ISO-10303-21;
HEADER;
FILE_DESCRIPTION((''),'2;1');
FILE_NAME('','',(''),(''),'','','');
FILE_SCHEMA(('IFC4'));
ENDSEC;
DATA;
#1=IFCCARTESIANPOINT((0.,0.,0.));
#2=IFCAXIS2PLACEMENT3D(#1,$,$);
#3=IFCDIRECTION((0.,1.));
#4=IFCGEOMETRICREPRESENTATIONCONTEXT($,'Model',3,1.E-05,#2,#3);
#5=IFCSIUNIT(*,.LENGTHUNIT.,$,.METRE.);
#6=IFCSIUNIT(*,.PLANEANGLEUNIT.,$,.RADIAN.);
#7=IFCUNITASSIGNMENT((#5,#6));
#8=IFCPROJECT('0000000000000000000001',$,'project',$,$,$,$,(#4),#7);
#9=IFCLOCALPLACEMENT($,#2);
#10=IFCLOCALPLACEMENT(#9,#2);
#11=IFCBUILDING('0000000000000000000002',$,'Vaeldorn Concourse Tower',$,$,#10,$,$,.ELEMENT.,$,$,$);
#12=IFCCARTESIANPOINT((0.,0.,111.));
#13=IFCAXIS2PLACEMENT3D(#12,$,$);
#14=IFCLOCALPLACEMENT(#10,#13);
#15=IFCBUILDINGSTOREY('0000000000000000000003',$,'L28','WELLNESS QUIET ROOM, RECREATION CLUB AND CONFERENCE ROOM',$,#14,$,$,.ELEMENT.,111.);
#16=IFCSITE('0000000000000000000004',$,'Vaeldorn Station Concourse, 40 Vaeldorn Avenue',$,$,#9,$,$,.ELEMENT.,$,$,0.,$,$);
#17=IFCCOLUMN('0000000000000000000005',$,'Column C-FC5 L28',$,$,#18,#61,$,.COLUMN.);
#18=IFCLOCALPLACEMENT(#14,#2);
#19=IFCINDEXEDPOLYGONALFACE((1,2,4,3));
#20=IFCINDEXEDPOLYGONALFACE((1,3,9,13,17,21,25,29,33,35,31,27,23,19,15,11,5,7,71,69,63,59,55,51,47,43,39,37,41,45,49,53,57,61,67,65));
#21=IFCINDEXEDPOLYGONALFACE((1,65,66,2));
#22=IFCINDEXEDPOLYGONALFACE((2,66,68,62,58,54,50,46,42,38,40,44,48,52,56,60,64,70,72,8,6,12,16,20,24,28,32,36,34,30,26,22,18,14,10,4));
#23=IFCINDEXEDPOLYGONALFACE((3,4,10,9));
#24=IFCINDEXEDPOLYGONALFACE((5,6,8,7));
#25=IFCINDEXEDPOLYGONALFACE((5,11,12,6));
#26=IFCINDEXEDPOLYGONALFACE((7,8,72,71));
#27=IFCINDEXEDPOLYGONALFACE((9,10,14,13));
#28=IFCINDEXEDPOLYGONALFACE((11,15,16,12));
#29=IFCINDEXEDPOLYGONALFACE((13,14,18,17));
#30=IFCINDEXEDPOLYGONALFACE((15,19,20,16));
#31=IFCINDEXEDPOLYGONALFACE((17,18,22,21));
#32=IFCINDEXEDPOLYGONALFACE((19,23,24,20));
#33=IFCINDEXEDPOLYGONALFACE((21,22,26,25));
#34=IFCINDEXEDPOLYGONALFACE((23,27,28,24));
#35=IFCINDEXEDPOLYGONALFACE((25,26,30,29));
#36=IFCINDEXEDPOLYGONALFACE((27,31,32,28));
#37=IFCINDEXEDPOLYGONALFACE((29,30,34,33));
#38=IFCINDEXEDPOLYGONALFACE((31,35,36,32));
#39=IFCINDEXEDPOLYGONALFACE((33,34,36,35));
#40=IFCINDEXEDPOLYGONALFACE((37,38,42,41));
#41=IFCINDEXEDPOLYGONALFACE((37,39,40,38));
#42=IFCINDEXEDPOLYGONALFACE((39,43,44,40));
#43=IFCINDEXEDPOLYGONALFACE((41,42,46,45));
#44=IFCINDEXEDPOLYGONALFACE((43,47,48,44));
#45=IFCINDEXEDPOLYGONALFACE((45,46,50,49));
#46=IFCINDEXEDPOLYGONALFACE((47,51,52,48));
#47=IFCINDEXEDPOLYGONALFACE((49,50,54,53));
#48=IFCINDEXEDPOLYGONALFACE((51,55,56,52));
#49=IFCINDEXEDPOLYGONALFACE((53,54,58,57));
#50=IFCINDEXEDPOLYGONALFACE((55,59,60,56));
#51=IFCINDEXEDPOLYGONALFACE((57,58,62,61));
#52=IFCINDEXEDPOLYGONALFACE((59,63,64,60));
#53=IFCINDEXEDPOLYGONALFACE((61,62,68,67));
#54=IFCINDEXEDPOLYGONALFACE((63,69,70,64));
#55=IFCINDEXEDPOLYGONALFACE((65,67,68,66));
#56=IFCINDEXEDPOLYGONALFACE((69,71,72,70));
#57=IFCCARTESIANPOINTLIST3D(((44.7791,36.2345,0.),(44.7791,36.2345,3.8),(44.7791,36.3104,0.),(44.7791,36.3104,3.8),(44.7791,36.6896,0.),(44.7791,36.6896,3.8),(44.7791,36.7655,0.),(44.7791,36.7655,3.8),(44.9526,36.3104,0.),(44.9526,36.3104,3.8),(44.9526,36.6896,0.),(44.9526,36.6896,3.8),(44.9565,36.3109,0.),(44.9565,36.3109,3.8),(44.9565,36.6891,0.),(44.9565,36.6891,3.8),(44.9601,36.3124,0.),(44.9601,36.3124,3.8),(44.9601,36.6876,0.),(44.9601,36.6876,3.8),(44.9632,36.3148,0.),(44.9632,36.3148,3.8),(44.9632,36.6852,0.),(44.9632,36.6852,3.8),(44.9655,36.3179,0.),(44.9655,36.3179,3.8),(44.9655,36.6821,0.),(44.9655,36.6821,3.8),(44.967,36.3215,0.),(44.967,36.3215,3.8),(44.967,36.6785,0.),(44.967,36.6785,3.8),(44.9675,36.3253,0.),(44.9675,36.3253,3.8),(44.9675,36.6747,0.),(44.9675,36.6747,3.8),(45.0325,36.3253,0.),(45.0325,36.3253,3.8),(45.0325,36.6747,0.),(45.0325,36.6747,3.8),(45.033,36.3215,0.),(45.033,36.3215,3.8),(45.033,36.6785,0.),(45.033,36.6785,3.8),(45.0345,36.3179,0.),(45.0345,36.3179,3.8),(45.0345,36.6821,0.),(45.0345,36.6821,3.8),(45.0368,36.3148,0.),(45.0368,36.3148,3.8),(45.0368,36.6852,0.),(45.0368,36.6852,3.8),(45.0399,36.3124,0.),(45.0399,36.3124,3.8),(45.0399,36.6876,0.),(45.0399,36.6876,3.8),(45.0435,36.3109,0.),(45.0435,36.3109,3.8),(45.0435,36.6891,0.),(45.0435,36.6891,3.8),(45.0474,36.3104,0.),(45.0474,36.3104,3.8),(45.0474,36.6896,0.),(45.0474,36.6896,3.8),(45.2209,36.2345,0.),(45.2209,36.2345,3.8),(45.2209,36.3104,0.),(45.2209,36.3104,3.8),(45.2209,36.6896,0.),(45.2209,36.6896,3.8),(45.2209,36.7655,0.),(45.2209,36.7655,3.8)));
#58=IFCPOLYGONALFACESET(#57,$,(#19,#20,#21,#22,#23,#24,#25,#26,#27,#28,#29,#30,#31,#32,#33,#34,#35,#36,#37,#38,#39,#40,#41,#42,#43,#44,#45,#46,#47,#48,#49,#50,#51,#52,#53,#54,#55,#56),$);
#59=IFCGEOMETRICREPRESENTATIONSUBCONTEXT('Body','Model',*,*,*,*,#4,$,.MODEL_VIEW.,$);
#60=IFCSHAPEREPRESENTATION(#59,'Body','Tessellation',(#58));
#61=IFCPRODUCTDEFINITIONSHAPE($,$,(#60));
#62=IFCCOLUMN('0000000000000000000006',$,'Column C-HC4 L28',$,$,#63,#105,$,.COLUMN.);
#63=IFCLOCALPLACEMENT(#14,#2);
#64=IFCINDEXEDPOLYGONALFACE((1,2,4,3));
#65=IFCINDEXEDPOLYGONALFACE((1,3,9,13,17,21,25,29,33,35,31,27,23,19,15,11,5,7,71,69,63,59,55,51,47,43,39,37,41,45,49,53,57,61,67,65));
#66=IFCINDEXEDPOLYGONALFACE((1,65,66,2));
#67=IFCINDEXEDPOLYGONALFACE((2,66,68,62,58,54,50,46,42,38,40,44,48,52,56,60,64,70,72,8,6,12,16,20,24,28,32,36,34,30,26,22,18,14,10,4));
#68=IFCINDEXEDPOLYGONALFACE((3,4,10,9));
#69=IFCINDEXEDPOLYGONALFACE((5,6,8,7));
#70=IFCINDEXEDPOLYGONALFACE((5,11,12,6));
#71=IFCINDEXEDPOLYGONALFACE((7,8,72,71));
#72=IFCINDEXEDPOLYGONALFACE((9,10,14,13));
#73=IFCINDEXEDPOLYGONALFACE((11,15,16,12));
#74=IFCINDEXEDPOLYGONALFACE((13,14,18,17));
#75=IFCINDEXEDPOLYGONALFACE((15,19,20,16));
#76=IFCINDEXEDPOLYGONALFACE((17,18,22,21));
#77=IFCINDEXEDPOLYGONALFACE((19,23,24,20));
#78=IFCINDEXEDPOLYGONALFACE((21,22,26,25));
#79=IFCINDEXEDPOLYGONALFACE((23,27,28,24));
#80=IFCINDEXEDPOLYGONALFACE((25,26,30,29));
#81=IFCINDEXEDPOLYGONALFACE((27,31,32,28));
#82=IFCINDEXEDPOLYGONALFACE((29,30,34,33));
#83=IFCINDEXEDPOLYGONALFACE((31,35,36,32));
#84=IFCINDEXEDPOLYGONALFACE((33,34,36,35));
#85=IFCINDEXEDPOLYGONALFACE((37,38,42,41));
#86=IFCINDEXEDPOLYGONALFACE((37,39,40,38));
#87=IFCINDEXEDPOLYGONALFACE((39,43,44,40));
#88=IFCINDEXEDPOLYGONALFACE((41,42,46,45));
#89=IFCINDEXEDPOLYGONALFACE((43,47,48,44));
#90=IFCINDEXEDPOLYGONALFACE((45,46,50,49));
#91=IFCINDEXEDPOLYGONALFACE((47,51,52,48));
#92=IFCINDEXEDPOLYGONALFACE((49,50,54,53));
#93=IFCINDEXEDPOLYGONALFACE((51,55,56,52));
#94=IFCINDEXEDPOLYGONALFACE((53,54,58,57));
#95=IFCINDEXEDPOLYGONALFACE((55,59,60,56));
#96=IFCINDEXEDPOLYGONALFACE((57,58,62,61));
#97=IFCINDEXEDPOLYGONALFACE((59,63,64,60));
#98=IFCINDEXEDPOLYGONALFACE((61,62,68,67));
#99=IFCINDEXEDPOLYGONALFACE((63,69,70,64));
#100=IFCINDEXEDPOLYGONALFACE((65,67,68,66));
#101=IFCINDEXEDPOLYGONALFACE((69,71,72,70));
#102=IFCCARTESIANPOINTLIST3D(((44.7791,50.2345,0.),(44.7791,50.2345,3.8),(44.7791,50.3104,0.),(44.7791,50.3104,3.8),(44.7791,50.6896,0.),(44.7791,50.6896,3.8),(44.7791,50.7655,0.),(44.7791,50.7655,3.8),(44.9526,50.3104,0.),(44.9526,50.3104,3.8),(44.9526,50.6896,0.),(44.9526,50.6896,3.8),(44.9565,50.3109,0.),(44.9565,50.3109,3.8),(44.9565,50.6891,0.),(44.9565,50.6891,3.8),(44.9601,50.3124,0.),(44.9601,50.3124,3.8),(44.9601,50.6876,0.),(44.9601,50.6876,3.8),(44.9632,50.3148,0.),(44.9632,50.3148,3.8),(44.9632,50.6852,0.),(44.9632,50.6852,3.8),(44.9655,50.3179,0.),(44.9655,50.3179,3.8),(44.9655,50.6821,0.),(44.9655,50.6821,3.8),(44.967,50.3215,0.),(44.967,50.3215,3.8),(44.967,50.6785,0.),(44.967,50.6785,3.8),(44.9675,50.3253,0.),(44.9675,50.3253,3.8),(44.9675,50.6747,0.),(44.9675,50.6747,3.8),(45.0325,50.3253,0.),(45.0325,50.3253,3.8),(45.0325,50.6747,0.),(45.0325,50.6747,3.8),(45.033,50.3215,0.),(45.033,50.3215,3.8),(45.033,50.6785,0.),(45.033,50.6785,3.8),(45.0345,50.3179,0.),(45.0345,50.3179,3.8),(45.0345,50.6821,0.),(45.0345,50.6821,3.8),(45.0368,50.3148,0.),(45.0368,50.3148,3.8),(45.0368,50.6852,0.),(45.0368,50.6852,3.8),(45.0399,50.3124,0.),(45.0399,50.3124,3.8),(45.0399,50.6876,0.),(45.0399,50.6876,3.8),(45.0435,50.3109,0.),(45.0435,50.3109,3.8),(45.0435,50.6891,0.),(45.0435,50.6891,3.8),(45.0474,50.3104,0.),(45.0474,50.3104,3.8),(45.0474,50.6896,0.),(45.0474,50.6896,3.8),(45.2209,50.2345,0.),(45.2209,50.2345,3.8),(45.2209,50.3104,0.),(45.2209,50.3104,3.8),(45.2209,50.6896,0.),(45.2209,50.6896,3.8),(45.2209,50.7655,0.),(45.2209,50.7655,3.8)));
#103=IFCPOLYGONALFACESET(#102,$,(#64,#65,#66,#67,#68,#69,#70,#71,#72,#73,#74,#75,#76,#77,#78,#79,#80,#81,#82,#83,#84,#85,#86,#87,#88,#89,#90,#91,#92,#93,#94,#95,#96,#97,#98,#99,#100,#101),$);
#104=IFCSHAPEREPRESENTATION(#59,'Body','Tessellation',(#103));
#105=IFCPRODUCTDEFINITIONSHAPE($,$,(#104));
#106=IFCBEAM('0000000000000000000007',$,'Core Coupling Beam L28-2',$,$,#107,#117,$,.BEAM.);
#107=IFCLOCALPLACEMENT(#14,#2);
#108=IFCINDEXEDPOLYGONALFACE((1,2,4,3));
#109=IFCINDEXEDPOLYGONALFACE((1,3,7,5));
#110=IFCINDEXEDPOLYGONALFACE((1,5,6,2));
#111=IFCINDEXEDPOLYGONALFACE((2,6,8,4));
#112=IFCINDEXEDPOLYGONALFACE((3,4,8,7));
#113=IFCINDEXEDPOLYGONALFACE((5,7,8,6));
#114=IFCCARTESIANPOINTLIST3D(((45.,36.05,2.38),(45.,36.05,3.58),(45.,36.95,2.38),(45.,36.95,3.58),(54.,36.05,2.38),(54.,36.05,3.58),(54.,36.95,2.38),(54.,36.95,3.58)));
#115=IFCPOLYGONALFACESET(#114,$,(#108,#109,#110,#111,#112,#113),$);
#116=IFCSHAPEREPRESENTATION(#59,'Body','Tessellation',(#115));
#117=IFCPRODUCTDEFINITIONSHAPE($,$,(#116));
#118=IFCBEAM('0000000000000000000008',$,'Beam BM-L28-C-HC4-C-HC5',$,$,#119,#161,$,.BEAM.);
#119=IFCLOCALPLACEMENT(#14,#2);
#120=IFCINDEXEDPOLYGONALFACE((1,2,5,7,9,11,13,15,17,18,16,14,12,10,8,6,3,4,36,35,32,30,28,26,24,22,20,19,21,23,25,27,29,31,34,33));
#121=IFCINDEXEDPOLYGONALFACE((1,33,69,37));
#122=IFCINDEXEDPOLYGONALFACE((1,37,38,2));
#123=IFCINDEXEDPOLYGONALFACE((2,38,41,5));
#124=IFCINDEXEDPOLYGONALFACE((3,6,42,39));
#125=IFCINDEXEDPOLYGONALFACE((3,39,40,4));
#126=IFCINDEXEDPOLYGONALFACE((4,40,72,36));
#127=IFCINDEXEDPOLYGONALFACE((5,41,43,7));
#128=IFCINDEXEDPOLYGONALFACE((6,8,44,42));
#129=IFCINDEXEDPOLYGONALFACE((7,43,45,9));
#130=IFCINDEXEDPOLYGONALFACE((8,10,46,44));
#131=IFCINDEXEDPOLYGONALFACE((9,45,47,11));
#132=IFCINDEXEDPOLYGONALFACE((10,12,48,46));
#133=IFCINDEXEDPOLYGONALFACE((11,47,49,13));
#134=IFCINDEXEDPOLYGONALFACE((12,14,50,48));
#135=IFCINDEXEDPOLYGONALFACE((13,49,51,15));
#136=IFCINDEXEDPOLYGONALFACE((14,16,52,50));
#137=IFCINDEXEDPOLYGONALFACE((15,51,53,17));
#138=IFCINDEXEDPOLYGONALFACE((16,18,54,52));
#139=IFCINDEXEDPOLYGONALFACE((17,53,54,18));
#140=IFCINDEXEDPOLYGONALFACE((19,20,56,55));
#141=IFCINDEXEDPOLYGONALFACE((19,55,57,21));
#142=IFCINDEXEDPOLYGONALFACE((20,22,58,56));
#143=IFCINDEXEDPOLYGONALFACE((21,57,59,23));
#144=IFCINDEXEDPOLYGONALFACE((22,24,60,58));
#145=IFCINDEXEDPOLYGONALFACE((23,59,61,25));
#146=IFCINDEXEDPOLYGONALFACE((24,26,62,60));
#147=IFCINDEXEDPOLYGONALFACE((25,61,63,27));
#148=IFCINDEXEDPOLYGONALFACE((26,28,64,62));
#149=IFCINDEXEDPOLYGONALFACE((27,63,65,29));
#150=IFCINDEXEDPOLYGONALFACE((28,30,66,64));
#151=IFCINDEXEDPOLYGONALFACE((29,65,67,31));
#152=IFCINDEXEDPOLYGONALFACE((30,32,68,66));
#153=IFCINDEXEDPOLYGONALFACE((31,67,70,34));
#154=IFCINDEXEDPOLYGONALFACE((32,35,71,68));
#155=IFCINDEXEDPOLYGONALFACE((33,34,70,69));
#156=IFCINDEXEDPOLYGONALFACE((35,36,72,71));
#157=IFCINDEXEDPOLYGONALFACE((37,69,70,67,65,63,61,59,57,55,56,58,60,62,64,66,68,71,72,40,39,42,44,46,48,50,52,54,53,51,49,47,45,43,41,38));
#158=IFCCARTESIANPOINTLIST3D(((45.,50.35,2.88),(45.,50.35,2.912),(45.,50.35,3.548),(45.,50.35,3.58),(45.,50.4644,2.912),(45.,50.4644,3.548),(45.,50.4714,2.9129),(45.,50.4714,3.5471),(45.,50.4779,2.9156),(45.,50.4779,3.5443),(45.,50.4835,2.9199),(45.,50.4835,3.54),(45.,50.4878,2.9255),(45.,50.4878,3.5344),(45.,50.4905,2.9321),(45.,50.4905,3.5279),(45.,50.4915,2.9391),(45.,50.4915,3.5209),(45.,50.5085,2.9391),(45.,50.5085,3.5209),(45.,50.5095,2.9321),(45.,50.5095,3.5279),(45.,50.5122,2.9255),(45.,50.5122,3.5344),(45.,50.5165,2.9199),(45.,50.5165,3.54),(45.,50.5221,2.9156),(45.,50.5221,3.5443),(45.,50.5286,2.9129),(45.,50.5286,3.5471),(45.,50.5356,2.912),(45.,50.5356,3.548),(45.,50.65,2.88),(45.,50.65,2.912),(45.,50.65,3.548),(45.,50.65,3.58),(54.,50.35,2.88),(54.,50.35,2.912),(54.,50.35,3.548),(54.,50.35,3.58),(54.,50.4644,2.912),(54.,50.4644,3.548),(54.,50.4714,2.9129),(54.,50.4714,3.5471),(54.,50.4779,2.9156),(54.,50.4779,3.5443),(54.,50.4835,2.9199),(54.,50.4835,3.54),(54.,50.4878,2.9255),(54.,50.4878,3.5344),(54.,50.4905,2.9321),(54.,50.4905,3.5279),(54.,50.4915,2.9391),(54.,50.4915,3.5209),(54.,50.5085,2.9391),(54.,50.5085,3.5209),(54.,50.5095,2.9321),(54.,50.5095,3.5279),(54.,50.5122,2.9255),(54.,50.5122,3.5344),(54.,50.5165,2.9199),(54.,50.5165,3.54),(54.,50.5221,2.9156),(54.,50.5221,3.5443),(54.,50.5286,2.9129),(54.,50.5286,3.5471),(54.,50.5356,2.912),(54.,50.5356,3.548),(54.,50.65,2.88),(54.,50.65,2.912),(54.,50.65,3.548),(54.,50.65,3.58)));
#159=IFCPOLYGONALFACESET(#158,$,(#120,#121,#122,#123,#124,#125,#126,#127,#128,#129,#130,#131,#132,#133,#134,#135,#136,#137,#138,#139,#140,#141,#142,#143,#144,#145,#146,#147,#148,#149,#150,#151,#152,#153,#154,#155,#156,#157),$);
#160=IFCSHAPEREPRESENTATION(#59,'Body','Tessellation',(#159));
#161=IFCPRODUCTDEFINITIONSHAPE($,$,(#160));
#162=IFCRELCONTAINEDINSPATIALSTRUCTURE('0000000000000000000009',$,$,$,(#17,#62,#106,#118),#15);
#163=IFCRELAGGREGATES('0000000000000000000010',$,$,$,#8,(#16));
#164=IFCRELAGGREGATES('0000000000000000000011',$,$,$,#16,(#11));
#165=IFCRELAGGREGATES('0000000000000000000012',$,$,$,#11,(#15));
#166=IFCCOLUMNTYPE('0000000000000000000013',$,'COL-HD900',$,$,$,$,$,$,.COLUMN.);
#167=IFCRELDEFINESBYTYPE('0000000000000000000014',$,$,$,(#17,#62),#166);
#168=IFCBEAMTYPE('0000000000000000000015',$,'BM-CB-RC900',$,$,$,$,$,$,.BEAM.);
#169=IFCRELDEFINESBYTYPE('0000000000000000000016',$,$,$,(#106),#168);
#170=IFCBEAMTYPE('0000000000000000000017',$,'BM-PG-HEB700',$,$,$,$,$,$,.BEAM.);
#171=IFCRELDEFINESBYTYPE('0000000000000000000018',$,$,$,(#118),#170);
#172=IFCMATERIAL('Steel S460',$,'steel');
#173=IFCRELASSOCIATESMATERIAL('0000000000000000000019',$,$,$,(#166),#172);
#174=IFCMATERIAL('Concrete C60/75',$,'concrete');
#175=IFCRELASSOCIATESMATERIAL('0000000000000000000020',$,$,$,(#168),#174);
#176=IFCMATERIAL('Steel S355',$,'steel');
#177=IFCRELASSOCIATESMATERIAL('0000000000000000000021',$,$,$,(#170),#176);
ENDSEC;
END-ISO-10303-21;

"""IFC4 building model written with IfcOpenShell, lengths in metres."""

from ifc_helpers import new_model, si_unit, direction, frame, origin, origin_2d, place, context, subcontext, project, spatial, rectangle, i_section, extrude, source, transform, mapped, material, material_profile, profile_set, type_object, element, save


model = new_model("IFC4")

# Units and contexts
model_context = context("Model", 3, precision=1e-05, world=origin(), true_north=direction((0.0, 1.0)))
body_context = subcontext(model_context, "Body", "Model", "MODEL_VIEW")
ifc_project = project(units=[si_unit("LENGTHUNIT", "METRE"), si_unit("PLANEANGLEUNIT", "RADIAN")], contexts=[model_context])

# Site, building, storey
site_placement = place(None, origin())
site = spatial("IfcSite", under=ifc_project, at=site_placement, Name="Vaeldorn Station Concourse, 40 Vaeldorn Avenue", CompositionType="ELEMENT", RefElevation=0.0)
building_placement = place(site_placement, origin())
building = spatial("IfcBuilding", under=site, at=building_placement, Name="Vaeldorn Concourse Tower", CompositionType="ELEMENT")
storey_placement = place(building_placement, frame((0.0, 0.0, 111.0)))
storey = spatial("IfcBuildingStorey", under=building, at=storey_placement, Name="L28", Description="WELLNESS QUIET ROOM, RECREATION CLUB AND CONFERENCE ROOM", CompositionType="ELEMENT", Elevation=111.0)

# Columns
ifc_material_1 = material(Name="Steel S460", Category="steel")
ifc_material_profile_1 = material_profile(ifc_material_1, i_section(OverallWidth=0.4419, OverallDepth=0.531, WebThickness=0.0649, FlangeThickness=0.0759, FilletRadius=0.0149, at=origin_2d()), Name="HD 400x900")
ifc_profile_set_1 = profile_set([ifc_material_profile_1], Name="Steel S460")
column_type = type_object("IfcColumnType", Name="COL-HD900", PredefinedType="COLUMN", material=ifc_profile_set_1)
shared_shape_1 = source(origin(), body_context, "Body", "SweptSolid", [
    extrude(i_section(OverallWidth=0.4419, OverallDepth=0.531, WebThickness=0.0649, FlangeThickness=0.0759, FilletRadius=0.0149, at=origin_2d()), origin(), (0.0, 0.0, 1.0), 3.8),
])
for number, where, z_axis, x_axis, name in (
    (1, (45.0, 36.5, 0.0), (0.0, 0.0, 1.0), (1.0, 0.0, 0.0), "Column C-FC5 L28"),
    (2, (45.0, 50.5, 0.0), (0.0, 0.0, 1.0), (1.0, 0.0, 0.0), "Column C-HC4 L28"),
):
    element("IfcColumn", number, at=place(storey_placement, frame(where, z_axis=z_axis, x_axis=x_axis)), inside=storey, type_object=column_type, Name=name, PredefinedType="COLUMN", context=body_context, shape_type="MappedRepresentation", body=[
        mapped(shared_shape_1, transform((0.0, 0.0, 0.0), scale=1.0)),
    ])

# Beams
ifc_material_2 = material(Name="Concrete C60/75", Category="concrete")
ifc_material_profile_2 = material_profile(ifc_material_2, rectangle(XDim=0.8999, YDim=1.2, at=origin_2d()), Name="RC 900x1200")
ifc_profile_set_2 = profile_set([ifc_material_profile_2], Name="Concrete C60/75")
beam_type_1 = type_object("IfcBeamType", Name="BM-CB-RC900", PredefinedType="BEAM", material=ifc_profile_set_2)
shared_shape_2 = source(origin(), body_context, "Body", "SweptSolid", [
    extrude(rectangle(XDim=0.8999, YDim=1.2, at=origin_2d()), origin(), (0.0, 0.0, 1.0), 9.0),
])
beam_1_placement = place(storey_placement, frame((45.0, 36.5, 2.98), z_axis=(1.0, 0.0, 0.0), x_axis=(0.0, 1.0, 0.0)))
element("IfcBeam", 3, at=beam_1_placement, inside=storey, type_object=beam_type_1, Name="Core Coupling Beam L28-2", PredefinedType="BEAM", context=body_context, shape_type="MappedRepresentation", body=[
    mapped(shared_shape_2, transform((0.0, 0.0, 0.0), scale=1.0)),
])
ifc_material_3 = material(Name="Steel S355", Category="steel")
ifc_material_profile_3 = material_profile(ifc_material_3, i_section(OverallWidth=0.3, OverallDepth=0.7, WebThickness=0.0171, FlangeThickness=0.032, FilletRadius=0.0271, at=origin_2d()), Name="HEB 700")
ifc_profile_set_3 = profile_set([ifc_material_profile_3], Name="Steel S355")
beam_type_2 = type_object("IfcBeamType", Name="BM-PG-HEB700", PredefinedType="BEAM", material=ifc_profile_set_3)
shared_shape_3 = source(origin(), body_context, "Body", "SweptSolid", [
    extrude(i_section(OverallWidth=0.3, OverallDepth=0.7, WebThickness=0.0171, FlangeThickness=0.032, FilletRadius=0.0271, at=origin_2d()), origin(), (0.0, 0.0, 1.0), 9.0),
])
beam_2_placement = place(storey_placement, frame((45.0, 50.5, 3.23), z_axis=(1.0, 0.0, 0.0), x_axis=(0.0, 1.0, 0.0)))
element("IfcBeam", 4, at=beam_2_placement, inside=storey, type_object=beam_type_2, Name="Beam BM-L28-C-HC4-C-HC5", PredefinedType="BEAM", context=body_context, shape_type="MappedRepresentation", body=[
    mapped(shared_shape_3, transform((0.0, 0.0, 0.0), scale=1.0)),
])

save(model, "model.ifc")
